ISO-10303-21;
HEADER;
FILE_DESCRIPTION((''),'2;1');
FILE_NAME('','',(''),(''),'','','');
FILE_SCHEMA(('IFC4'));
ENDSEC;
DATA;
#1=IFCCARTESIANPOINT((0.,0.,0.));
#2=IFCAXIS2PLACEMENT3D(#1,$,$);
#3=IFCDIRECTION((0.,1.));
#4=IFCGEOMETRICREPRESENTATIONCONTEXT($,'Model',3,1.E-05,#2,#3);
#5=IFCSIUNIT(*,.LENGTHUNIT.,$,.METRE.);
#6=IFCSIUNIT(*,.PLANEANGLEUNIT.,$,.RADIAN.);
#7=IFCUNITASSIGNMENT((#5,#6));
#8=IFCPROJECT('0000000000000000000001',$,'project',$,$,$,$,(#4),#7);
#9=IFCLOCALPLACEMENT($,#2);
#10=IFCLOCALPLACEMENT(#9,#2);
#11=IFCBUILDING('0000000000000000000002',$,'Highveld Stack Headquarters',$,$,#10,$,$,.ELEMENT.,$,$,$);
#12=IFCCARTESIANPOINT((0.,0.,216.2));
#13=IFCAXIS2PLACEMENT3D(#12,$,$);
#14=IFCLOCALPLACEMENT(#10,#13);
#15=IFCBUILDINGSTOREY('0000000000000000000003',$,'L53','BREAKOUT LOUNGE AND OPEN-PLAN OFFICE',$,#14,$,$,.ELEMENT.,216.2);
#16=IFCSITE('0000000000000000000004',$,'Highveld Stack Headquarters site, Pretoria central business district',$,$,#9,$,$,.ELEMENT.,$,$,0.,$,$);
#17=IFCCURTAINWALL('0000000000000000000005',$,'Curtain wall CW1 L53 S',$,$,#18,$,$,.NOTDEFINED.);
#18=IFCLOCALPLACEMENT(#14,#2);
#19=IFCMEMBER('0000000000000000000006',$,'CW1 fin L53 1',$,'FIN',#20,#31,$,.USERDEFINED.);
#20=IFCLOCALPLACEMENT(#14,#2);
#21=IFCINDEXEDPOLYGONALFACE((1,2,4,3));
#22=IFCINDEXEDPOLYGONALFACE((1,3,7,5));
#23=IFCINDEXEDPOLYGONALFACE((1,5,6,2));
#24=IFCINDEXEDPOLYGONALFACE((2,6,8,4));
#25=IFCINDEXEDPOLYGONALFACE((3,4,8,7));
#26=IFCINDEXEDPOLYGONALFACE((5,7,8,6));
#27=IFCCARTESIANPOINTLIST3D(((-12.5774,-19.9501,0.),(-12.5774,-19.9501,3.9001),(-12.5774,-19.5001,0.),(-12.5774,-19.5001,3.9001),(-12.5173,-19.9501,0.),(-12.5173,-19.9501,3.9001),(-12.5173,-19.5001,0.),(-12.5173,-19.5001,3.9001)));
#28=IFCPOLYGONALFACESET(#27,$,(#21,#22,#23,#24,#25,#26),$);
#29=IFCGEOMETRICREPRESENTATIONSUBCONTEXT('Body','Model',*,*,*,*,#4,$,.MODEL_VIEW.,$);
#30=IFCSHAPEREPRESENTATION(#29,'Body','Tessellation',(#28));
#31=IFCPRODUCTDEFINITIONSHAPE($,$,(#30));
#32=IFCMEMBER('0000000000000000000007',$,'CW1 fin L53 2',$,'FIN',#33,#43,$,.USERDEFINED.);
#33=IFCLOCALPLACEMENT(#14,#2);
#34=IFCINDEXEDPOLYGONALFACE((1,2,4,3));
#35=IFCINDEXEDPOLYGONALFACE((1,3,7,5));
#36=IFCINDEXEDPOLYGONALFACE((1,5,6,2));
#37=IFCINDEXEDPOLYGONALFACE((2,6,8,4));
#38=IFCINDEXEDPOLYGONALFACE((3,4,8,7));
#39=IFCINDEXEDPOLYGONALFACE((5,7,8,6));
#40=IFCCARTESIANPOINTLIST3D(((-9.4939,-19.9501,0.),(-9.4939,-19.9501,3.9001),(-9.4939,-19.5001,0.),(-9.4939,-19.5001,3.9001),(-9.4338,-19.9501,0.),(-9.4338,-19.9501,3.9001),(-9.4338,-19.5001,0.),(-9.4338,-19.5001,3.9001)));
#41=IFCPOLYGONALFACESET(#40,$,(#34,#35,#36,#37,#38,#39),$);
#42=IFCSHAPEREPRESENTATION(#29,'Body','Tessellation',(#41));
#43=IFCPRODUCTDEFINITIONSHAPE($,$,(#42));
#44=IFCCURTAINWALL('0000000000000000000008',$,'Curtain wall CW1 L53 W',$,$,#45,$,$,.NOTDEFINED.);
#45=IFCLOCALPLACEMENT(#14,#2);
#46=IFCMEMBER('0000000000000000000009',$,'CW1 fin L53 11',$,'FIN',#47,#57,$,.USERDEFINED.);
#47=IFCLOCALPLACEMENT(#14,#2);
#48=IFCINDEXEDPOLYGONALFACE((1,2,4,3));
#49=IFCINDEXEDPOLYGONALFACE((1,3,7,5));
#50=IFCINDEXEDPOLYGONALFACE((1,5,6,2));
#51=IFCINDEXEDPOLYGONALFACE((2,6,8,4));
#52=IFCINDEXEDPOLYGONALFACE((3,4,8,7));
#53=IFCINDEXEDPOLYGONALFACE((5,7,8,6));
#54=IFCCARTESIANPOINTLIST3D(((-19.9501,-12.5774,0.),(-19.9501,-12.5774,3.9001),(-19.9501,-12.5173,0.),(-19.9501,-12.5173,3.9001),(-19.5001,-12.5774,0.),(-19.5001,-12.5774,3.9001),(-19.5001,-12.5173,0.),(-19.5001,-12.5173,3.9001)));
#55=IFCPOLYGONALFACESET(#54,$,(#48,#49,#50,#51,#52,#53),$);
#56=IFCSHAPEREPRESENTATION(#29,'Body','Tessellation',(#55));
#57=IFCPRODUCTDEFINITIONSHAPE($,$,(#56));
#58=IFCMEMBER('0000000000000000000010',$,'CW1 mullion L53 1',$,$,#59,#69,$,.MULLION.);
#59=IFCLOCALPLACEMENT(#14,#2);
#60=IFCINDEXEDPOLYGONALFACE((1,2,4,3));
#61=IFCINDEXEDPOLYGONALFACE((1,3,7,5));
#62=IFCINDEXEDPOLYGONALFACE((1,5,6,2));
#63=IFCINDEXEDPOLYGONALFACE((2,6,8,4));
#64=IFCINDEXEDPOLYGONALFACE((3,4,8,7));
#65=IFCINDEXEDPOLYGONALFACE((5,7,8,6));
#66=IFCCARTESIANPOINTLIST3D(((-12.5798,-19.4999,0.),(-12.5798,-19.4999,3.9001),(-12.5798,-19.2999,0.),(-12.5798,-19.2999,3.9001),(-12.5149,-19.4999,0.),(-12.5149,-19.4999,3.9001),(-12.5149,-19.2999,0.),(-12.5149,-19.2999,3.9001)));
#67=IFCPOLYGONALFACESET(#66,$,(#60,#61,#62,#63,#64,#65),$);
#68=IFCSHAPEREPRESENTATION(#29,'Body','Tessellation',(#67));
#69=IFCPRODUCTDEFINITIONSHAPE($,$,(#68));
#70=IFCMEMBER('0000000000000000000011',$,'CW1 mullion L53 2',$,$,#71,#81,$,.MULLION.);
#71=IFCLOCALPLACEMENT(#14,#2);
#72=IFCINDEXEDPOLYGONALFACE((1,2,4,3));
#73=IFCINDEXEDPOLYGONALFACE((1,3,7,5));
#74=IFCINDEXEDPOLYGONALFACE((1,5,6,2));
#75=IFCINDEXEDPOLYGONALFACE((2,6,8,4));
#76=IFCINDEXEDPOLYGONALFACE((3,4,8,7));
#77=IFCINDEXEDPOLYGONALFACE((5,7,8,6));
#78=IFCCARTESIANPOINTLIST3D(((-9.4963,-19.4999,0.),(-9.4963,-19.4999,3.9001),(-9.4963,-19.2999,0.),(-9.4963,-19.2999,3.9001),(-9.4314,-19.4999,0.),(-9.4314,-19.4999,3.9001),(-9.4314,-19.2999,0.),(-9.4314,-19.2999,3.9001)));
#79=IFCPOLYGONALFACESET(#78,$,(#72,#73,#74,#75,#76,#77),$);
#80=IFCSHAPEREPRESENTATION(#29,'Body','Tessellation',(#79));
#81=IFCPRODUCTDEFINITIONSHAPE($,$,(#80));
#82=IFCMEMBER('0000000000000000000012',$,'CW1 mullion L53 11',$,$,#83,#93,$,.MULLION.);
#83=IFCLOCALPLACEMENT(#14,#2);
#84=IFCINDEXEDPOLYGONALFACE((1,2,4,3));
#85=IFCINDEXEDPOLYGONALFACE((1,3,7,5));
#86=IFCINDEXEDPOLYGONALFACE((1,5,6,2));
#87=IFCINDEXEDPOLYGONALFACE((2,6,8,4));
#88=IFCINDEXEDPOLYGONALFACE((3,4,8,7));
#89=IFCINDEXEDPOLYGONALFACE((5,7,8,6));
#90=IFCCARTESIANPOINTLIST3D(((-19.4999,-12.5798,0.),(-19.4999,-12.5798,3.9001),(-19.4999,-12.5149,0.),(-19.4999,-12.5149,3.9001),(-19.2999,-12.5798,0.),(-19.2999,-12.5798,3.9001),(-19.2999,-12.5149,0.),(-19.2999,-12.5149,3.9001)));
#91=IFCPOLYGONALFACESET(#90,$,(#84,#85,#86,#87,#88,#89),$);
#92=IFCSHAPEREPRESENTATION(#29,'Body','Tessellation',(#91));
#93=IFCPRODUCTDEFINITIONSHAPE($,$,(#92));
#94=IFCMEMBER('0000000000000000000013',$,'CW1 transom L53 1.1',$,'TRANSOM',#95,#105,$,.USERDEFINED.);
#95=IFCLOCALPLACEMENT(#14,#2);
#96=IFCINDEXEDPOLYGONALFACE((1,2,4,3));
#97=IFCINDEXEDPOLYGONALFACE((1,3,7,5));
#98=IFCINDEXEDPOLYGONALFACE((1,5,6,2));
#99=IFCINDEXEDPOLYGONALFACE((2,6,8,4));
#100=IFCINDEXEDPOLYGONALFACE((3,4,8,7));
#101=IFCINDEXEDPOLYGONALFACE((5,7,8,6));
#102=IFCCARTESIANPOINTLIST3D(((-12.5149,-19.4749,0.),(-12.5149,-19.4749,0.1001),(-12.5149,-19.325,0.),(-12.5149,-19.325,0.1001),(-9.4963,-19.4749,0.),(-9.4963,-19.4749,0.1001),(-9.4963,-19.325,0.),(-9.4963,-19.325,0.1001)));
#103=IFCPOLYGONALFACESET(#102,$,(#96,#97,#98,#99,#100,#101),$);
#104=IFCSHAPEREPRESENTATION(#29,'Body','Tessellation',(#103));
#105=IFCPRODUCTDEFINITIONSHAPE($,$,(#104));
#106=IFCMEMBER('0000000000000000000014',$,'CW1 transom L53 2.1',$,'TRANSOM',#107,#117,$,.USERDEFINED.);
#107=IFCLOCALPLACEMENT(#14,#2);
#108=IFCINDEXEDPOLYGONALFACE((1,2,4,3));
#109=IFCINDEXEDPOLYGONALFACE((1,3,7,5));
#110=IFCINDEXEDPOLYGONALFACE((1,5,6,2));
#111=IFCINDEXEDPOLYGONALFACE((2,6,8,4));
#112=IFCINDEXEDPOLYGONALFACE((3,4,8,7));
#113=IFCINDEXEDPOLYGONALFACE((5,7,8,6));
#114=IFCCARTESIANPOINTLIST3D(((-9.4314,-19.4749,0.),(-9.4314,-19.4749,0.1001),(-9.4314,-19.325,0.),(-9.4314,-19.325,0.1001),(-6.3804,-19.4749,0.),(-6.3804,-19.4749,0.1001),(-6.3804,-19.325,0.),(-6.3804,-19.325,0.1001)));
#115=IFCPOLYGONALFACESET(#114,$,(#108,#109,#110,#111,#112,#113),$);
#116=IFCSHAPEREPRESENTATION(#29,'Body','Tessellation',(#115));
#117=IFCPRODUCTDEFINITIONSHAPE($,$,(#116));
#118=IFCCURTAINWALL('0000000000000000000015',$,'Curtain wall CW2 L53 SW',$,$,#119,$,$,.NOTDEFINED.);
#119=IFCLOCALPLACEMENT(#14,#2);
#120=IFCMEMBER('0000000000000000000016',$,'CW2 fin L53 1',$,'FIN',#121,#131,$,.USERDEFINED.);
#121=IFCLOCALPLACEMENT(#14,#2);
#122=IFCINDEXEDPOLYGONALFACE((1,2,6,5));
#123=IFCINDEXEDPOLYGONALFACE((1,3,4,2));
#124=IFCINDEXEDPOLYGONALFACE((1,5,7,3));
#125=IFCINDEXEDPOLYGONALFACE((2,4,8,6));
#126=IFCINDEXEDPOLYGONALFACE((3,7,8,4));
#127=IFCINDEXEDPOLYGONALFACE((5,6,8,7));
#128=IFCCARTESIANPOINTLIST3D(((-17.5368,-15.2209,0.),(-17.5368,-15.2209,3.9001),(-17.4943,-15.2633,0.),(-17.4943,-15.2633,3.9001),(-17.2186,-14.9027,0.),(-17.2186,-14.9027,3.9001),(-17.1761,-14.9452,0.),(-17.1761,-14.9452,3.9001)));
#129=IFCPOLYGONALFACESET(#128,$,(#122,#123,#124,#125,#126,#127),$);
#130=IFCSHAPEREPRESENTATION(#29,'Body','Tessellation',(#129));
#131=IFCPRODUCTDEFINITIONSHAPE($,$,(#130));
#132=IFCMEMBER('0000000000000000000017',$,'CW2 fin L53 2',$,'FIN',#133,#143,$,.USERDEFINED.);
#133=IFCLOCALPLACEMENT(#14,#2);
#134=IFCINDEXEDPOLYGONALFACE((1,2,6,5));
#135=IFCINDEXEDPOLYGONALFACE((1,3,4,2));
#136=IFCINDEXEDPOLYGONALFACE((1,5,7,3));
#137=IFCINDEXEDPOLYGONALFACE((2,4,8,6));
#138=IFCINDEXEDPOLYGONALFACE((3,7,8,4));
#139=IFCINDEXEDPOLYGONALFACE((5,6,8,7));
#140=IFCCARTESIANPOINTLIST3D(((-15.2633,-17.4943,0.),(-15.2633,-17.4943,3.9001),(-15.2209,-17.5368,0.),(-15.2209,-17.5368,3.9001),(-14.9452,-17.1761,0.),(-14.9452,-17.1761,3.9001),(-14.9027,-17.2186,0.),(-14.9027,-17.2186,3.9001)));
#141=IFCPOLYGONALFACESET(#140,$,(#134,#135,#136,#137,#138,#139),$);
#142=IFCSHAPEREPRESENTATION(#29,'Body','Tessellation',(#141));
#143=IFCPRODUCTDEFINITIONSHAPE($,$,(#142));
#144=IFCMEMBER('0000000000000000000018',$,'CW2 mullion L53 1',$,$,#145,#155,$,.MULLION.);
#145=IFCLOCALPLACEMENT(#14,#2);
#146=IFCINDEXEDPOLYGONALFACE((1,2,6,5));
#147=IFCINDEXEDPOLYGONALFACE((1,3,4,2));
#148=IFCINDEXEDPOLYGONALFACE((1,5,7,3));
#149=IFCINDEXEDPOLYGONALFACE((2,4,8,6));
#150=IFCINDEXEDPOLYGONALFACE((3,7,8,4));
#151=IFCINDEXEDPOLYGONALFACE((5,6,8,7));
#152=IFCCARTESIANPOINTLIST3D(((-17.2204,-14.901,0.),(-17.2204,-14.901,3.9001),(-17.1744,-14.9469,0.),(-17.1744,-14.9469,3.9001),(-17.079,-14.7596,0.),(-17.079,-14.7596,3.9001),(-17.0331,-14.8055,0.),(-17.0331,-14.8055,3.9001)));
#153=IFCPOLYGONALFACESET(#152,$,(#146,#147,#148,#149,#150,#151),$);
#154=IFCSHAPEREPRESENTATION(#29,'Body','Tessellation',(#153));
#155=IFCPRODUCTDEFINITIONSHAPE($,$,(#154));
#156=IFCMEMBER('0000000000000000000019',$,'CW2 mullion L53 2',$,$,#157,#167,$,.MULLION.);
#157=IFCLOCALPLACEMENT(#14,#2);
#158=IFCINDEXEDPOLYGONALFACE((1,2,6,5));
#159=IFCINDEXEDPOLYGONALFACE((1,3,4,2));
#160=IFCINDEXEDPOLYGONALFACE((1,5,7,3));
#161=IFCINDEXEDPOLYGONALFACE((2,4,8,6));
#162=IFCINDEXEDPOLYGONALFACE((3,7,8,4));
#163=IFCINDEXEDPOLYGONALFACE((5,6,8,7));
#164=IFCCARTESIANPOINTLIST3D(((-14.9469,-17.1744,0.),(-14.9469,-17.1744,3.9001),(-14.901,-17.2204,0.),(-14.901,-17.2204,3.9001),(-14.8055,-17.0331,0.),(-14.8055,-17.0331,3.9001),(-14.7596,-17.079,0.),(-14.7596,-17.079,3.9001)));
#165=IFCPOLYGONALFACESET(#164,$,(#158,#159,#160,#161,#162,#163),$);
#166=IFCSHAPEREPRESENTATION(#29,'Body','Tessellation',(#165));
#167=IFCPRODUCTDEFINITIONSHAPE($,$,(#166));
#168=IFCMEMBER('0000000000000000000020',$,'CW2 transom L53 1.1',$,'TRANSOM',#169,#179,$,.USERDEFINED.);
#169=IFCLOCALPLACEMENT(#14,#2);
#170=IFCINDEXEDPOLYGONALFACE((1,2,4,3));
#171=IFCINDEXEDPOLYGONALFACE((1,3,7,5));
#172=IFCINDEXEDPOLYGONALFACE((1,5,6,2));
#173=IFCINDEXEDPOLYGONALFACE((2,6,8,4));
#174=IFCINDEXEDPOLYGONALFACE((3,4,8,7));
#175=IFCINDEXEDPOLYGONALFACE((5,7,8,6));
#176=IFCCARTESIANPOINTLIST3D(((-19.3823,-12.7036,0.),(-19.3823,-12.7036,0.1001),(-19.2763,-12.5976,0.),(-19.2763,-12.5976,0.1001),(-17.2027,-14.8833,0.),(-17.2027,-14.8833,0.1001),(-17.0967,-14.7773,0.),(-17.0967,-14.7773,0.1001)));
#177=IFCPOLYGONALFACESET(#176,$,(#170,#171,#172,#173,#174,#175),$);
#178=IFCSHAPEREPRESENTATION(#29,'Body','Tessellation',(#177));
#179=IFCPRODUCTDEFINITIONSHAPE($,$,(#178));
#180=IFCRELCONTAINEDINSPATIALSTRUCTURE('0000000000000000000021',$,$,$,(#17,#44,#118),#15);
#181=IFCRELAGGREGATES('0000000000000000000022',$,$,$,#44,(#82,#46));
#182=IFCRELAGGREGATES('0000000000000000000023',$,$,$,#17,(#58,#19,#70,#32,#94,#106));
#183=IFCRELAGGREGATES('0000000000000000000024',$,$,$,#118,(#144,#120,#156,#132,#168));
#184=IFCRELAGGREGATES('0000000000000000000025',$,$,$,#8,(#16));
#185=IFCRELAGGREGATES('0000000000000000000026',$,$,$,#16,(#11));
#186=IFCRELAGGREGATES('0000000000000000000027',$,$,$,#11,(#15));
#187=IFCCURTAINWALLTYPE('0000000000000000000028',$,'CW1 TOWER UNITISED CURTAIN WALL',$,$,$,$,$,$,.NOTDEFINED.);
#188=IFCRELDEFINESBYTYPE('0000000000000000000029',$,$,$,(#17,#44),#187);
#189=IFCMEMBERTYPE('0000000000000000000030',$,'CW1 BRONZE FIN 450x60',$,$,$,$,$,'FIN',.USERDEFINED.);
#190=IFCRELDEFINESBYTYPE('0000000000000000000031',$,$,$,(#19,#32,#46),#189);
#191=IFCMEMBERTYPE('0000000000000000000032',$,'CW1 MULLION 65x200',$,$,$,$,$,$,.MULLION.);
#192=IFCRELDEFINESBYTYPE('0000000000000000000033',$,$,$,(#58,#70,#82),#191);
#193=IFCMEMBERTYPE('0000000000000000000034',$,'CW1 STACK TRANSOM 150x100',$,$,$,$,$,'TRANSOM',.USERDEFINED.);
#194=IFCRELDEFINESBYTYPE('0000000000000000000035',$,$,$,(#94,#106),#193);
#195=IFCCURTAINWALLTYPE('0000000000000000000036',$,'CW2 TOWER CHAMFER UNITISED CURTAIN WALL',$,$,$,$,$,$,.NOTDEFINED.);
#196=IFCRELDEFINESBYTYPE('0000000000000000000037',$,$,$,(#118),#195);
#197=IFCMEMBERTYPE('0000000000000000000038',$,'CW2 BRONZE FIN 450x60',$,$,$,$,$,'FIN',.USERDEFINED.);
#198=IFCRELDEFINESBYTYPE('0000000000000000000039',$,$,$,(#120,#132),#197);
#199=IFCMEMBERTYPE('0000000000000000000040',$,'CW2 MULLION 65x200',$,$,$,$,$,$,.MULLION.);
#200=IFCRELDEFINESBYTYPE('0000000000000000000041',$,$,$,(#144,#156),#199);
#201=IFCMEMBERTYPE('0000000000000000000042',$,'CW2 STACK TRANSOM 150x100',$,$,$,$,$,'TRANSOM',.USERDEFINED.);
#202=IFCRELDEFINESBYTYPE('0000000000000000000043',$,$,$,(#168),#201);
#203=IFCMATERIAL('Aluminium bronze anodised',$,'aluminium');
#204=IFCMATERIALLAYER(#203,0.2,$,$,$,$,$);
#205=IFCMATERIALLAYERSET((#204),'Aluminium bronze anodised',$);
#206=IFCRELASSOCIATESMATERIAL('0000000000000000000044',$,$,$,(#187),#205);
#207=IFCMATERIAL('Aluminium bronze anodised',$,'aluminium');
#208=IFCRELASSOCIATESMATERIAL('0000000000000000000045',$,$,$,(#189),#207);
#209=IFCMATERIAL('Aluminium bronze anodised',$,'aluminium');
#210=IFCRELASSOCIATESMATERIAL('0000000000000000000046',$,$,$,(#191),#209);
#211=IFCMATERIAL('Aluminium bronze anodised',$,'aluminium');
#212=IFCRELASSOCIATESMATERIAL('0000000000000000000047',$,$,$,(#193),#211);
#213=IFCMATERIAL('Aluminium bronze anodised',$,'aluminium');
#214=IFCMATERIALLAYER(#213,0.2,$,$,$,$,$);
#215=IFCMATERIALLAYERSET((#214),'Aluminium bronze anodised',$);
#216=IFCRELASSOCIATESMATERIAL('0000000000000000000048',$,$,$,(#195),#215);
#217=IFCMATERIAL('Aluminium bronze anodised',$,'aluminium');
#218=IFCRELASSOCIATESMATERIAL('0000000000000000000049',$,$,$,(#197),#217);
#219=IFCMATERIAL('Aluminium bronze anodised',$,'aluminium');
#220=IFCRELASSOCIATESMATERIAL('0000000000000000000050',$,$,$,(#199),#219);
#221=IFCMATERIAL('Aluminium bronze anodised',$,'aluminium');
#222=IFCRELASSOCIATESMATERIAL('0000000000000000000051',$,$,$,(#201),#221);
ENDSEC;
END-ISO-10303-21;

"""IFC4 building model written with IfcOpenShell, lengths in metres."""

from ifc_helpers import new_model, si_unit, direction, frame, origin, origin_2d, place, context, subcontext, project, spatial, rectangle, extrude, material, layer, layer_set, material_profile, profile_set, type_object, element, aggregate, save


model = new_model("IFC4")

# Units and contexts
model_context = context("Model", 3, precision=1e-05, world=origin(), true_north=direction((0.0, 1.0)))
body_context = subcontext(model_context, "Body", "Model", "MODEL_VIEW")
ifc_project = project(units=[si_unit("LENGTHUNIT", "METRE"), si_unit("PLANEANGLEUNIT", "RADIAN")], contexts=[model_context])

# Site, building, storey
site_placement = place(None, origin())
site = spatial("IfcSite", under=ifc_project, at=site_placement, Name="Highveld Stack Headquarters site, Pretoria central business district", CompositionType="ELEMENT", RefElevation=0.0)
building_placement = place(site_placement, origin())
building = spatial("IfcBuilding", under=site, at=building_placement, Name="Highveld Stack Headquarters", CompositionType="ELEMENT")
storey_placement = place(building_placement, frame((0.0, 0.0, 216.2)))
storey = spatial("IfcBuildingStorey", under=building, at=storey_placement, Name="L53", Description="BREAKOUT LOUNGE AND OPEN-PLAN OFFICE", CompositionType="ELEMENT", Elevation=216.2)

# Curtain wall, members
ifc_material_1 = material(Name="Aluminium bronze anodised", Category="aluminium")
ifc_layer_1 = layer(ifc_material_1, 0.2)
ifc_layer_set_1 = layer_set([ifc_layer_1], Name="Aluminium bronze anodised")
curtain_wall_type_1 = type_object("IfcCurtainWallType", Name="CW1 TOWER UNITISED CURTAIN WALL", PredefinedType="NOTDEFINED", material=ifc_layer_set_1)
curtain_wall_1_placement = place(storey_placement, origin())
curtain_wall_1 = element("IfcCurtainWall", 1, at=curtain_wall_1_placement, inside=storey, type_object=curtain_wall_type_1, Name="Curtain wall CW1 L53 S", PredefinedType="NOTDEFINED")
ifc_material_2 = material(Name="Aluminium bronze anodised", Category="aluminium")
ifc_material_profile_1 = material_profile(ifc_material_2, rectangle(XDim=0.45, YDim=0.0601, at=origin_2d()), Name="FIN 450x60")
ifc_profile_set_1 = profile_set([ifc_material_profile_1], Name="Aluminium bronze anodised")
member_type_1 = type_object("IfcMemberType", Name="CW1 BRONZE FIN 450x60", ElementType="FIN", PredefinedType="USERDEFINED", material=ifc_profile_set_1)
member_1_placement = place(storey_placement, frame((-12.5474, -19.7251, 0.0), z_axis=(0.0, 0.0, 1.0), x_axis=(0.0, 1.0, 0.0)))
member_1 = element("IfcMember", 2, at=member_1_placement, type_object=member_type_1, Name="CW1 fin L53 1", ObjectType="FIN", PredefinedType="USERDEFINED", context=body_context, shape_type="SweptSolid", body=[
    extrude(rectangle(XDim=0.45, YDim=0.0601, at=origin_2d()), origin(), (0.0, 0.0, 1.0), 3.9001),
])
member_2_placement = place(storey_placement, frame((-9.4639, -19.7251, 0.0), z_axis=(0.0, 0.0, 1.0), x_axis=(0.0, 1.0, 0.0)))
member_2 = element("IfcMember", 3, at=member_2_placement, type_object=member_type_1, Name="CW1 fin L53 2", ObjectType="FIN", PredefinedType="USERDEFINED", context=body_context, shape_type="SweptSolid", body=[
    extrude(rectangle(XDim=0.45, YDim=0.0601, at=origin_2d()), origin(), (0.0, 0.0, 1.0), 3.9001),
])

# Curtain wall, member
curtain_wall_2_placement = place(storey_placement, origin())
curtain_wall_2 = element("IfcCurtainWall", 4, at=curtain_wall_2_placement, inside=storey, type_object=curtain_wall_type_1, Name="Curtain wall CW1 L53 W", PredefinedType="NOTDEFINED")
member_3_placement = place(storey_placement, frame((-19.7251, -12.5474, 0.0), z_axis=(0.0, 0.0, 1.0), x_axis=(1.0, 0.0, 0.0)))
member_3 = element("IfcMember", 5, at=member_3_placement, type_object=member_type_1, Name="CW1 fin L53 11", ObjectType="FIN", PredefinedType="USERDEFINED", context=body_context, shape_type="SweptSolid", body=[
    extrude(rectangle(XDim=0.45, YDim=0.0601, at=origin_2d()), origin(), (0.0, 0.0, 1.0), 3.9001),
])

# Members
ifc_material_3 = material(Name="Aluminium bronze anodised", Category="aluminium")
ifc_material_profile_2 = material_profile(ifc_material_3, rectangle(XDim=0.2, YDim=0.0649, at=origin_2d()), Name="CW1 MULLION 65x200")
ifc_profile_set_2 = profile_set([ifc_material_profile_2], Name="Aluminium bronze anodised")
member_type_2 = type_object("IfcMemberType", Name="CW1 MULLION 65x200", PredefinedType="MULLION", material=ifc_profile_set_2)
member_4_placement = place(storey_placement, frame((-12.5474, -19.3999, 0.0), z_axis=(0.0, 0.0, 1.0), x_axis=(0.0, 1.0, 0.0)))
member_4 = element("IfcMember", 6, at=member_4_placement, type_object=member_type_2, Name="CW1 mullion L53 1", PredefinedType="MULLION", context=body_context, shape_type="SweptSolid", body=[
    extrude(rectangle(XDim=0.2, YDim=0.0649, at=origin_2d()), origin(), (0.0, 0.0, 1.0), 3.9001),
])
member_5_placement = place(storey_placement, frame((-9.4639, -19.3999, 0.0), z_axis=(0.0, 0.0, 1.0), x_axis=(0.0, 1.0, 0.0)))
member_5 = element("IfcMember", 7, at=member_5_placement, type_object=member_type_2, Name="CW1 mullion L53 2", PredefinedType="MULLION", context=body_context, shape_type="SweptSolid", body=[
    extrude(rectangle(XDim=0.2, YDim=0.0649, at=origin_2d()), origin(), (0.0, 0.0, 1.0), 3.9001),
])
member_6_placement = place(storey_placement, frame((-19.3999, -12.5474, 0.0), z_axis=(0.0, 0.0, 1.0), x_axis=(1.0, 0.0, 0.0)))
member_6 = element("IfcMember", 8, at=member_6_placement, type_object=member_type_2, Name="CW1 mullion L53 11", PredefinedType="MULLION", context=body_context, shape_type="SweptSolid", body=[
    extrude(rectangle(XDim=0.2, YDim=0.0649, at=origin_2d()), origin(), (0.0, 0.0, 1.0), 3.9001),
])
aggregate(curtain_wall_2, [member_6, member_3])
ifc_material_4 = material(Name="Aluminium bronze anodised", Category="aluminium")
ifc_material_profile_3 = material_profile(ifc_material_4, rectangle(XDim=0.1499, YDim=0.1001, at=origin_2d()), Name="CW1 TRANSOM 150x100")
ifc_profile_set_3 = profile_set([ifc_material_profile_3], Name="Aluminium bronze anodised")
member_type_3 = type_object("IfcMemberType", Name="CW1 STACK TRANSOM 150x100", ElementType="TRANSOM", PredefinedType="USERDEFINED", material=ifc_profile_set_3)
member_7_placement = place(storey_placement, frame((-12.5149, -19.3999, 0.05), z_axis=(1.0, 0.0, 0.0), x_axis=(0.0, 1.0, 0.0)))
member_7 = element("IfcMember", 9, at=member_7_placement, type_object=member_type_3, Name="CW1 transom L53 1.1", ObjectType="TRANSOM", PredefinedType="USERDEFINED", context=body_context, shape_type="SweptSolid", body=[
    extrude(rectangle(XDim=0.1499, YDim=0.1001, at=origin_2d()), origin(), (0.0, 0.0, 1.0), 3.0186),
])
member_8_placement = place(storey_placement, frame((-9.4314, -19.3999, 0.05), z_axis=(1.0, 0.0, 0.0), x_axis=(0.0, 1.0, 0.0)))
member_8 = element("IfcMember", 10, at=member_8_placement, type_object=member_type_3, Name="CW1 transom L53 2.1", ObjectType="TRANSOM", PredefinedType="USERDEFINED", context=body_context, shape_type="SweptSolid", body=[
    extrude(rectangle(XDim=0.1499, YDim=0.1001, at=origin_2d()), origin(), (0.0, 0.0, 1.0), 3.051),
])

# Curtain wall, members
ifc_material_5 = material(Name="Aluminium bronze anodised", Category="aluminium")
ifc_layer_2 = layer(ifc_material_5, 0.2)
ifc_layer_set_2 = layer_set([ifc_layer_2], Name="Aluminium bronze anodised")
curtain_wall_type_2 = type_object("IfcCurtainWallType", Name="CW2 TOWER CHAMFER UNITISED CURTAIN WALL", PredefinedType="NOTDEFINED", material=ifc_layer_set_2)
curtain_wall_3_placement = place(storey_placement, origin())
curtain_wall_3 = element("IfcCurtainWall", 11, at=curtain_wall_3_placement, inside=storey, type_object=curtain_wall_type_2, Name="Curtain wall CW2 L53 SW", PredefinedType="NOTDEFINED")
ifc_material_6 = material(Name="Aluminium bronze anodised", Category="aluminium")
ifc_material_profile_4 = material_profile(ifc_material_6, rectangle(XDim=0.45, YDim=0.0601, at=origin_2d()), Name="FIN 450x60")
ifc_profile_set_4 = profile_set([ifc_material_profile_4], Name="Aluminium bronze anodised")
member_type_4 = type_object("IfcMemberType", Name="CW2 BRONZE FIN 450x60", ElementType="FIN", PredefinedType="USERDEFINED", material=ifc_profile_set_4)
member_9_placement = place(storey_placement, frame((-17.3564, -15.083, 0.0), z_axis=(0.0, 0.0, 1.0), x_axis=(0.707107, 0.707107, 0.0)))
member_9 = element("IfcMember", 12, at=member_9_placement, type_object=member_type_4, Name="CW2 fin L53 1", ObjectType="FIN", PredefinedType="USERDEFINED", context=body_context, shape_type="SweptSolid", body=[
    extrude(rectangle(XDim=0.45, YDim=0.0601, at=origin_2d()), origin(), (0.0, 0.0, 1.0), 3.9001),
])
member_10_placement = place(storey_placement, frame((-15.083, -17.3564, 0.0), z_axis=(0.0, 0.0, 1.0), x_axis=(0.707107, 0.707107, 0.0)))
member_10 = element("IfcMember", 13, at=member_10_placement, type_object=member_type_4, Name="CW2 fin L53 2", ObjectType="FIN", PredefinedType="USERDEFINED", context=body_context, shape_type="SweptSolid", body=[
    extrude(rectangle(XDim=0.45, YDim=0.0601, at=origin_2d()), origin(), (0.0, 0.0, 1.0), 3.9001),
])
ifc_material_7 = material(Name="Aluminium bronze anodised", Category="aluminium")
ifc_material_profile_5 = material_profile(ifc_material_7, rectangle(XDim=0.2, YDim=0.0649, at=origin_2d()), Name="CW2 MULLION 65x200")
ifc_profile_set_5 = profile_set([ifc_material_profile_5], Name="Aluminium bronze anodised")
member_type_5 = type_object("IfcMemberType", Name="CW2 MULLION 65x200", PredefinedType="MULLION", material=ifc_profile_set_5)
member_11_placement = place(storey_placement, frame((-17.1267, -14.8533, 0.0), z_axis=(0.0, 0.0, 1.0), x_axis=(0.707107, 0.707107, 0.0)))
member_11 = element("IfcMember", 14, at=member_11_placement, type_object=member_type_5, Name="CW2 mullion L53 1", PredefinedType="MULLION", context=body_context, shape_type="SweptSolid", body=[
    extrude(rectangle(XDim=0.2, YDim=0.0649, at=origin_2d()), origin(), (0.0, 0.0, 1.0), 3.9001),
])
member_12_placement = place(storey_placement, frame((-14.8533, -17.1267, 0.0), z_axis=(0.0, 0.0, 1.0), x_axis=(0.707107, 0.707107, 0.0)))
member_12 = element("IfcMember", 15, at=member_12_placement, type_object=member_type_5, Name="CW2 mullion L53 2", PredefinedType="MULLION", context=body_context, shape_type="SweptSolid", body=[
    extrude(rectangle(XDim=0.2, YDim=0.0649, at=origin_2d()), origin(), (0.0, 0.0, 1.0), 3.9001),
])
ifc_material_8 = material(Name="Aluminium bronze anodised", Category="aluminium")
ifc_material_profile_6 = material_profile(ifc_material_8, rectangle(XDim=0.1499, YDim=0.1001, at=origin_2d()), Name="CW2 TRANSOM 150x100")
ifc_profile_set_6 = profile_set([ifc_material_profile_6], Name="Aluminium bronze anodised")
member_type_6 = type_object("IfcMemberType", Name="CW2 STACK TRANSOM 150x100", ElementType="TRANSOM", PredefinedType="USERDEFINED", material=ifc_profile_set_6)
member_13_placement = place(storey_placement, frame((-19.3293, -12.6506, 0.05), z_axis=(0.707107, -0.707107, 0.0), x_axis=(0.707107, 0.707107, 0.0)))
member_13 = element("IfcMember", 16, at=member_13_placement, type_object=member_type_6, Name="CW2 transom L53 1.1", ObjectType="TRANSOM", PredefinedType="USERDEFINED", context=body_context, shape_type="SweptSolid", body=[
    extrude(rectangle(XDim=0.1499, YDim=0.1001, at=origin_2d()), origin(), (0.0, 0.0, 1.0), 3.0825),
])

aggregate(curtain_wall_1, [member_4, member_1, member_5, member_2, member_7, member_8])
aggregate(curtain_wall_3, [member_11, member_9, member_12, member_10, member_13])

save(model, "model.ifc")
